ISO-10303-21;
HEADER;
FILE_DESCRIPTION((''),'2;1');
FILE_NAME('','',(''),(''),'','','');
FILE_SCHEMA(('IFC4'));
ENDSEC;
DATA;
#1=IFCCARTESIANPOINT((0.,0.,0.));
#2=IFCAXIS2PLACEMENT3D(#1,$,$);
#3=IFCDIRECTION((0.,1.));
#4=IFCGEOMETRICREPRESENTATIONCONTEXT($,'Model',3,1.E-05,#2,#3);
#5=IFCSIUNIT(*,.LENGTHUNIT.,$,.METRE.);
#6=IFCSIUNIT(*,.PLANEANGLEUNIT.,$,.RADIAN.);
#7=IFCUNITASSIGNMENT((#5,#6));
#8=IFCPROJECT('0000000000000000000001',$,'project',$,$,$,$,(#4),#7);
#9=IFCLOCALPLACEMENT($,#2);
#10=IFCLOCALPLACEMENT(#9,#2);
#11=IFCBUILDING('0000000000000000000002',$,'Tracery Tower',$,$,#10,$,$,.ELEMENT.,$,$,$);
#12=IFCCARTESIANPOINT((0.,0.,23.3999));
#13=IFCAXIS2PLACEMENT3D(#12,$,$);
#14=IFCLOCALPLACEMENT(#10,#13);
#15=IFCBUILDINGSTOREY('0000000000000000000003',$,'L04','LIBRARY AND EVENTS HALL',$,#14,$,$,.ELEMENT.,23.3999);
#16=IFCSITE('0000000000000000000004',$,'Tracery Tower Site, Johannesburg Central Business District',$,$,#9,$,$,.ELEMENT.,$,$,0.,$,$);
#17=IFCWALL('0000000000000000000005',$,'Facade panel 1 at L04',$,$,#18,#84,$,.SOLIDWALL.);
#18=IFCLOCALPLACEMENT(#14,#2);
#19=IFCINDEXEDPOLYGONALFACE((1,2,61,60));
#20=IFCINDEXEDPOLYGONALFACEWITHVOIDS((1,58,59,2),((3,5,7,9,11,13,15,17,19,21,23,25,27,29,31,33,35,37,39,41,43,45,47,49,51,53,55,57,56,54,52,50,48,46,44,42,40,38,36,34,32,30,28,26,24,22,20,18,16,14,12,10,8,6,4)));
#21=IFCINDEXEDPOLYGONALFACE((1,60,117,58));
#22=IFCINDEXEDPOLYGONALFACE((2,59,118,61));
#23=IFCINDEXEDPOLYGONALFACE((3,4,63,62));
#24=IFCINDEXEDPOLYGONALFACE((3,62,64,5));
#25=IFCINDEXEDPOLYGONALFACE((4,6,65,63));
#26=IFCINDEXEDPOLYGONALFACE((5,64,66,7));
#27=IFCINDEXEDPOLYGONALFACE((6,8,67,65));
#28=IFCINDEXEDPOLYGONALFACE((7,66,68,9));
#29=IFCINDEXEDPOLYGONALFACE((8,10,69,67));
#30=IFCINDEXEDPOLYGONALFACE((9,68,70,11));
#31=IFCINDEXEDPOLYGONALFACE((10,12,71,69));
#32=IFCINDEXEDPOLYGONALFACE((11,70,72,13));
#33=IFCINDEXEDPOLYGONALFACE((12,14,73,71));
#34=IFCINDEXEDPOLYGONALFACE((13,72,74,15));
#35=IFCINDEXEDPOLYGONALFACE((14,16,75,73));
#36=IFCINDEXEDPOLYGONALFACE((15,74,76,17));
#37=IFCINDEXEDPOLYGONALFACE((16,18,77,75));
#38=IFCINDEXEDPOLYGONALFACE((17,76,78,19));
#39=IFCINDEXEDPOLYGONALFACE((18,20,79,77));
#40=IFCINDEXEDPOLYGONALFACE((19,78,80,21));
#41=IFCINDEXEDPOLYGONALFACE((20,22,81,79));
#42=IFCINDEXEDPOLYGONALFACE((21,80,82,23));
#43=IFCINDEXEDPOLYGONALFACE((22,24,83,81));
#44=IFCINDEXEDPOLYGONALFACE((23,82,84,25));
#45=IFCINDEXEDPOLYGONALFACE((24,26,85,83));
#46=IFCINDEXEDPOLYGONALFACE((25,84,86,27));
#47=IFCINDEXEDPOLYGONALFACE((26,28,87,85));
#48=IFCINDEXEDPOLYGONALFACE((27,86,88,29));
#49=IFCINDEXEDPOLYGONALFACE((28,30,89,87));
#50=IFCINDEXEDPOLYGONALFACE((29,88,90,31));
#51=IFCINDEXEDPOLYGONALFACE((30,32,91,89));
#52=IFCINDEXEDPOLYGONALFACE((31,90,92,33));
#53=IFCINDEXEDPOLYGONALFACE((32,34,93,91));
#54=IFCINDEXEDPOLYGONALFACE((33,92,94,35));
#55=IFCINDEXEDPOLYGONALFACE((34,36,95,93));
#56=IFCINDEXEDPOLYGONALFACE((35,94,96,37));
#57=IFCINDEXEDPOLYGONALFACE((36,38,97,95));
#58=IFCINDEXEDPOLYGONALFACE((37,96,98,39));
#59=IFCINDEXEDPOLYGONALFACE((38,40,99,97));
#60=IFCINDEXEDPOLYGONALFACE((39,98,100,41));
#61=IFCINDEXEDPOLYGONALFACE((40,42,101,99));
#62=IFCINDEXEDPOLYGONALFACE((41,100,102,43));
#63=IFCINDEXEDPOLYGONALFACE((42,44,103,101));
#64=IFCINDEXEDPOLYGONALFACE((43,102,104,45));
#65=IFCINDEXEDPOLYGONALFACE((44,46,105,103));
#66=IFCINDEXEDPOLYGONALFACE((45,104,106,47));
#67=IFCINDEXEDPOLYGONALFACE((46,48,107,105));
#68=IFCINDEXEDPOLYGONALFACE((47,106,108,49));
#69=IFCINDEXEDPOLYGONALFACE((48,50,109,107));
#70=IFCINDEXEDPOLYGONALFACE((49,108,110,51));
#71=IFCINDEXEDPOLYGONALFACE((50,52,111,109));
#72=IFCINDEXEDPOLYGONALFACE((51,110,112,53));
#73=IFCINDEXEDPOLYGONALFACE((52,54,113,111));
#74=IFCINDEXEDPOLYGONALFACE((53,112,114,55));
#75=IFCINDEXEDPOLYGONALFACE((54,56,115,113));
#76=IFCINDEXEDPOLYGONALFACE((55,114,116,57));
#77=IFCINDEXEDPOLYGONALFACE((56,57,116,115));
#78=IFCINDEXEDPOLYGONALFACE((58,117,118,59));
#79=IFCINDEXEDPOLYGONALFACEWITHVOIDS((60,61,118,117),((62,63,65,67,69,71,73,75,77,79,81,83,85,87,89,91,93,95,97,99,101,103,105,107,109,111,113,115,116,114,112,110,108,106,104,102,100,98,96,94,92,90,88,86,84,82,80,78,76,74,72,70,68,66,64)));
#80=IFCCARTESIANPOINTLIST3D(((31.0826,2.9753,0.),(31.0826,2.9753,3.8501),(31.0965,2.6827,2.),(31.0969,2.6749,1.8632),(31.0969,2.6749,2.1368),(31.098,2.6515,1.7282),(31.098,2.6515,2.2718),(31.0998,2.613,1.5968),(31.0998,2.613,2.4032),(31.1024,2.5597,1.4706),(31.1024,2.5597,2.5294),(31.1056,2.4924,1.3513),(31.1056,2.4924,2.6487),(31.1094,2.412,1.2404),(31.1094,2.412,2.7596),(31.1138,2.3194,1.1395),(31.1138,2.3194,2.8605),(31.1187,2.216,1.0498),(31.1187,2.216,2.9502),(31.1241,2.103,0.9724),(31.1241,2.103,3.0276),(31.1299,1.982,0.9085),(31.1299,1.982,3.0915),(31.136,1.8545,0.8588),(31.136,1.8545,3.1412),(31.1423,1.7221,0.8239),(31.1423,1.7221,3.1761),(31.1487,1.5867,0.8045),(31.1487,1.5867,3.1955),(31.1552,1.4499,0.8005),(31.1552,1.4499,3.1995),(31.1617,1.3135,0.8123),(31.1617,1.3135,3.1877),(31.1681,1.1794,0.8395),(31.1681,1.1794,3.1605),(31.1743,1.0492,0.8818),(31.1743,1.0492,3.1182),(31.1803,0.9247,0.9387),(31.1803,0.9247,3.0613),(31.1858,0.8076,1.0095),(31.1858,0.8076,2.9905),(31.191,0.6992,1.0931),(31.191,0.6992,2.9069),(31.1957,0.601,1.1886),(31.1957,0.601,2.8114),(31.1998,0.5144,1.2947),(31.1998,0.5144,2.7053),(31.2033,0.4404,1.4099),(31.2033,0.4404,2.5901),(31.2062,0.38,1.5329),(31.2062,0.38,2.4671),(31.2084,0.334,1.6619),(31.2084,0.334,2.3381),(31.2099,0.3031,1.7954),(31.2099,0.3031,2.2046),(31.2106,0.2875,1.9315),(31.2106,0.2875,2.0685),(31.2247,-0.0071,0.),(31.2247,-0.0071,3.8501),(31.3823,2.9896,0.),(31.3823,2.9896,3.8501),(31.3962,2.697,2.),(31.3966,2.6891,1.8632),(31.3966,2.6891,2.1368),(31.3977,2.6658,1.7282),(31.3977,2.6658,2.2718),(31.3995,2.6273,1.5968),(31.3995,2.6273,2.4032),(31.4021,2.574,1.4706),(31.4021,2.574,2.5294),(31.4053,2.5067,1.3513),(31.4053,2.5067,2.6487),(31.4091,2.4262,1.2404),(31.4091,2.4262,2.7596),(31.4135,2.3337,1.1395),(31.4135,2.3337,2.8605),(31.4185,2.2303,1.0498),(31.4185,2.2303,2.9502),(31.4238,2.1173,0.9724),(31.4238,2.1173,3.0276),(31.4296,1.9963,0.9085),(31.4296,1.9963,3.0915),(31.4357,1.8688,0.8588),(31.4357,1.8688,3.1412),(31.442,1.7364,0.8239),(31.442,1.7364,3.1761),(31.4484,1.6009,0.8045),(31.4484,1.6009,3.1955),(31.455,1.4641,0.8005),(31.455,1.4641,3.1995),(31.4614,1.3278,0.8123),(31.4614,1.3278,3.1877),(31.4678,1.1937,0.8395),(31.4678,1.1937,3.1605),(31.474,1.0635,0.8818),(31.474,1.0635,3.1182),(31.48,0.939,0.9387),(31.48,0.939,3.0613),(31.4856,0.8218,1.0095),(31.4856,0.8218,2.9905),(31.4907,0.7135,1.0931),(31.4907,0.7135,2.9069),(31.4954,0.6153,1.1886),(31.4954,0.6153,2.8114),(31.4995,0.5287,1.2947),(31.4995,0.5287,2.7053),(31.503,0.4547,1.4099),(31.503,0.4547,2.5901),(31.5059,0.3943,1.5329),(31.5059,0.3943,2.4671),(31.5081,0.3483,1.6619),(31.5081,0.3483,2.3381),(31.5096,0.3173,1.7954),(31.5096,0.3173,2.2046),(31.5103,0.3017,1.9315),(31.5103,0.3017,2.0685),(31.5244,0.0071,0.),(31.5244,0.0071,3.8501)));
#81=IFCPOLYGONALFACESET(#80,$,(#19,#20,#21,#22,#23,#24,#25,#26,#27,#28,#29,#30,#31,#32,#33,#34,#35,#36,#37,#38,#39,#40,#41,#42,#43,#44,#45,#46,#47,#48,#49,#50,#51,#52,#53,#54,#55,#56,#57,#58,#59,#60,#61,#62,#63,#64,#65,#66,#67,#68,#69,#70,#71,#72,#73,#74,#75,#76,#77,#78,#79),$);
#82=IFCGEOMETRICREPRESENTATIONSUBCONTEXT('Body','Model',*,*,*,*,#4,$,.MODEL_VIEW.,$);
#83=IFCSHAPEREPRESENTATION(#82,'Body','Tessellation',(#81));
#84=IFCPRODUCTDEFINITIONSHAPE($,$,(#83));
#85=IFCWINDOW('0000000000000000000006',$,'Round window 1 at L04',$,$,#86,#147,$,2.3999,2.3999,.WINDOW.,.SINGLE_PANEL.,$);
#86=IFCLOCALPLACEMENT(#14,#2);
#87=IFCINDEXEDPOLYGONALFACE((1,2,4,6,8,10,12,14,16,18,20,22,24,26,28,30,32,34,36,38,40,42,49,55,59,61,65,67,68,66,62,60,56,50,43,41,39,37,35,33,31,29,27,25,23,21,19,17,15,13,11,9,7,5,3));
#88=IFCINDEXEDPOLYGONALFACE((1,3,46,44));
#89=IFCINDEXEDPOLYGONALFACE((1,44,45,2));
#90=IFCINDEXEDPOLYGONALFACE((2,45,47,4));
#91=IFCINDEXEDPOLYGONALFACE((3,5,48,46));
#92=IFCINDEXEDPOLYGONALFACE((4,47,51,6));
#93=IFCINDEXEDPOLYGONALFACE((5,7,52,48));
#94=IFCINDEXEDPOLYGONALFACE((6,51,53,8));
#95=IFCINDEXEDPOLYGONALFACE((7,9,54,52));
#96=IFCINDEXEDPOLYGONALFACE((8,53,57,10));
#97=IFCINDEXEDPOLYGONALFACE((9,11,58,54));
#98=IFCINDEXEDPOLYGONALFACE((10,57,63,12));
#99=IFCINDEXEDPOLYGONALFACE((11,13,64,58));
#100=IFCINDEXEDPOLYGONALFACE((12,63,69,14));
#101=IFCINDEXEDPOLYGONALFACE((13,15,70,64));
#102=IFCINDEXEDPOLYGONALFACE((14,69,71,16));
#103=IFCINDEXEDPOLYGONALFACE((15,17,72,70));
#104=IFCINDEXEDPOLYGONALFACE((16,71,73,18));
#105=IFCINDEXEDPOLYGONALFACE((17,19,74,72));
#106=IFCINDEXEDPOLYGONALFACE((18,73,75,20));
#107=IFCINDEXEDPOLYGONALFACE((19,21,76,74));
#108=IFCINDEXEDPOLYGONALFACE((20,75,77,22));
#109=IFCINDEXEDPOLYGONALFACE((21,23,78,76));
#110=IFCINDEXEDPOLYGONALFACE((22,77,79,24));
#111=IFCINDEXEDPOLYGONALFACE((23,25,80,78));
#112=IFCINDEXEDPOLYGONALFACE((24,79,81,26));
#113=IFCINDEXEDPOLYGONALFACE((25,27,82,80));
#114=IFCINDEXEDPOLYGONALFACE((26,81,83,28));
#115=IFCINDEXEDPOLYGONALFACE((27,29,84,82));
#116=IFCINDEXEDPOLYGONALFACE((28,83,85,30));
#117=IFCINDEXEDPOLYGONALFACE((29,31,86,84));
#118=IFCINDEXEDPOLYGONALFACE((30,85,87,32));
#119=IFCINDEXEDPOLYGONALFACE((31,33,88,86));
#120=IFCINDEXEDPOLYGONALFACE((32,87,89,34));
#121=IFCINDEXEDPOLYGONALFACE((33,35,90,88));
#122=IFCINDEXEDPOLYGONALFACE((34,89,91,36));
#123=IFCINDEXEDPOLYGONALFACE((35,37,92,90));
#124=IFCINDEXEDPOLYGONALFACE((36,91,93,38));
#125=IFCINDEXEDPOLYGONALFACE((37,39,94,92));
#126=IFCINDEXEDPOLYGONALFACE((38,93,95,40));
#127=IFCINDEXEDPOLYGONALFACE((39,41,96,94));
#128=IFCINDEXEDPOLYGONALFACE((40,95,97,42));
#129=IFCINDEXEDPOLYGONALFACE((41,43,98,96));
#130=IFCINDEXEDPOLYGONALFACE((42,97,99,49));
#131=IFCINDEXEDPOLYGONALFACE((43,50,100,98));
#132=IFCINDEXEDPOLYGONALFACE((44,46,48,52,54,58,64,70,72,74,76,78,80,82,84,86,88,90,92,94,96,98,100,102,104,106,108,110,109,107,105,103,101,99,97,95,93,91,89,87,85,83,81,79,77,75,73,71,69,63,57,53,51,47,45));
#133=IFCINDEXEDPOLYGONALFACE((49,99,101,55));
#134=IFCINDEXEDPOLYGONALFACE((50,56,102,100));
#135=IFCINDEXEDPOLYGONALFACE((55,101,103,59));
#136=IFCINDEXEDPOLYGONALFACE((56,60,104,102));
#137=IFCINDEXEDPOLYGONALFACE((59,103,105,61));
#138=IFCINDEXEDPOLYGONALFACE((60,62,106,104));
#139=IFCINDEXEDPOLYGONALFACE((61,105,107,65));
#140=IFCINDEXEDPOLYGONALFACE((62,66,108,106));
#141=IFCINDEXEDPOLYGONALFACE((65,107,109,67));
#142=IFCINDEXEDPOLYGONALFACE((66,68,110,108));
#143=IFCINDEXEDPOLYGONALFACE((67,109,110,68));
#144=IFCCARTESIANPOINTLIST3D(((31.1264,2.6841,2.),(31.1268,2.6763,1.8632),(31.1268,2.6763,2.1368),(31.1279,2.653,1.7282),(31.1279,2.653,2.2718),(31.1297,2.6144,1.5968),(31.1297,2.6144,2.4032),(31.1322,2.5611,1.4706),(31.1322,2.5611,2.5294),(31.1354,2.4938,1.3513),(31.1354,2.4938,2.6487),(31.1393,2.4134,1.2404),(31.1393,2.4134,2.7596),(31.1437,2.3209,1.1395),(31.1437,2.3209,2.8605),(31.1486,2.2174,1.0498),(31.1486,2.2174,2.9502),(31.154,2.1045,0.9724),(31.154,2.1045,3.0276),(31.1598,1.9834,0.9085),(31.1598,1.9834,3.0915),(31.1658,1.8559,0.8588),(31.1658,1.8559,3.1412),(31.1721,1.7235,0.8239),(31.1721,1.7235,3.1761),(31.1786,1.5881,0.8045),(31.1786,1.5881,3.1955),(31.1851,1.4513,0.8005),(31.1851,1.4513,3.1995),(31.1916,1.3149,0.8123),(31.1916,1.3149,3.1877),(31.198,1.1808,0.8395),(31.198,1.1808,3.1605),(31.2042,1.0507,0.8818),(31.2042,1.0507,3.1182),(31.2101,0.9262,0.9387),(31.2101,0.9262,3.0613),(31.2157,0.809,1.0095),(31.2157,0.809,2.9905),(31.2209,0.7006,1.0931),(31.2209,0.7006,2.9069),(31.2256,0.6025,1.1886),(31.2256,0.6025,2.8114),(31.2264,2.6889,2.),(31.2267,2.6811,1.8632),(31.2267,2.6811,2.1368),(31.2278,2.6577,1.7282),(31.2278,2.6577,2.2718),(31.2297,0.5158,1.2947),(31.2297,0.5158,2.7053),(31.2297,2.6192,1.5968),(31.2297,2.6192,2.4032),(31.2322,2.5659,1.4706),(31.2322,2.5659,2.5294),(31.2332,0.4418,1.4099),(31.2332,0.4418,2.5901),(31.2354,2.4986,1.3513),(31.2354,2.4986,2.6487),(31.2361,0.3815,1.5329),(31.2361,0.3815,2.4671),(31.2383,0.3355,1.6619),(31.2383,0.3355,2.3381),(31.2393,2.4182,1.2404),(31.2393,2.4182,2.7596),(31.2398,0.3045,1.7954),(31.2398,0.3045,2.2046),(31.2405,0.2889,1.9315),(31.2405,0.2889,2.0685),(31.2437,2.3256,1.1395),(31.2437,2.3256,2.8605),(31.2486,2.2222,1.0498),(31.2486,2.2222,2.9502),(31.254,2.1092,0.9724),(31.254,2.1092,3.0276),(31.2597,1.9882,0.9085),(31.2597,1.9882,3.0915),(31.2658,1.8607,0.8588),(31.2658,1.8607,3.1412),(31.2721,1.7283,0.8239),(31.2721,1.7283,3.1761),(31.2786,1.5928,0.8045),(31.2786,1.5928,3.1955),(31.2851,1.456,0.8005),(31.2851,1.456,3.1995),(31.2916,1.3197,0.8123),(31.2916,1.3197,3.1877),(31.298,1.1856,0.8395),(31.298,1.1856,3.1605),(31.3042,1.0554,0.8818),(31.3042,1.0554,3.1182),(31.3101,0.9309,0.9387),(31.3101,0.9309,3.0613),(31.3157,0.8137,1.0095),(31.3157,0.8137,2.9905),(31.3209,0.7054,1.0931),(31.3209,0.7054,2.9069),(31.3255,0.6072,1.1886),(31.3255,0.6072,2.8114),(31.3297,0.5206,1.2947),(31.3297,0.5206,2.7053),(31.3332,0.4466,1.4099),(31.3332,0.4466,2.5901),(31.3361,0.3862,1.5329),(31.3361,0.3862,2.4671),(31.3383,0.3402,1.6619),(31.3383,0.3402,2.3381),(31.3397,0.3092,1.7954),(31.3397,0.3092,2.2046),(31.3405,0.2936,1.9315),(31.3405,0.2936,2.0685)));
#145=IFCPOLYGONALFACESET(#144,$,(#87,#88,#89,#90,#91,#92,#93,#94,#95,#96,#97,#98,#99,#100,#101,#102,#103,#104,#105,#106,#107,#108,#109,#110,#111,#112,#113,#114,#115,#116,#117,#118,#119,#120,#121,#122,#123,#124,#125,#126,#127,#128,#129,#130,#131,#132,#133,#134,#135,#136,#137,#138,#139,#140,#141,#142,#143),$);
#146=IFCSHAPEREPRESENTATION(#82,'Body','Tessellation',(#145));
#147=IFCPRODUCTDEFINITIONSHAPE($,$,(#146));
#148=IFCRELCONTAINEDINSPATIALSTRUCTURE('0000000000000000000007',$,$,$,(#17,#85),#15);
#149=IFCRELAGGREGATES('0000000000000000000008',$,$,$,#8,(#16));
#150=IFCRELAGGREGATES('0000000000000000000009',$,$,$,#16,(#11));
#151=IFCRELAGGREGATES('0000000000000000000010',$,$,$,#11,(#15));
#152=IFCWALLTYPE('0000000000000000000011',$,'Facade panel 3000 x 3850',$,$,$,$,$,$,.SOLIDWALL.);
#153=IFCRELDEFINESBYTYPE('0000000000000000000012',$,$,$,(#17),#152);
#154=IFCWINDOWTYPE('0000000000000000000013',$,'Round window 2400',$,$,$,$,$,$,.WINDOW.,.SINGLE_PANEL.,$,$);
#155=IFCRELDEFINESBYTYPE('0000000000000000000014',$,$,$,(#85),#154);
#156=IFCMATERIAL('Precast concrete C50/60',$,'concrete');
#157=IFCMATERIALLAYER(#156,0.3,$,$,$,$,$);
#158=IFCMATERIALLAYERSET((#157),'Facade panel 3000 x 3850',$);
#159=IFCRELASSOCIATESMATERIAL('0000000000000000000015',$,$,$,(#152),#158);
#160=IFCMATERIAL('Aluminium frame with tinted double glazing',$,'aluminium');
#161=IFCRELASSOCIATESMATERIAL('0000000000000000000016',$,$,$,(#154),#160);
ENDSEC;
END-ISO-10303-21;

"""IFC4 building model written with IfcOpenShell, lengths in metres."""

from ifc_helpers import new_model, si_unit, direction, frame, frame_2d, origin, origin_2d, place, context, subcontext, project, spatial, rectangle, circle, extrude, material, layer, layer_set, type_object, element, fill, save


model = new_model("IFC4")

# Units and contexts
model_context = context("Model", 3, precision=1e-05, world=origin(), true_north=direction((0.0, 1.0)))
body_context = subcontext(model_context, "Body", "Model", "MODEL_VIEW")
ifc_project = project(units=[si_unit("LENGTHUNIT", "METRE"), si_unit("PLANEANGLEUNIT", "RADIAN")], contexts=[model_context])

# Site, building, storey
site_placement = place(None, origin())
site = spatial("IfcSite", under=ifc_project, at=site_placement, Name="Tracery Tower Site, Johannesburg Central Business District", CompositionType="ELEMENT", RefElevation=0.0)
building_placement = place(site_placement, origin())
building = spatial("IfcBuilding", under=site, at=building_placement, Name="Tracery Tower", CompositionType="ELEMENT")
storey_placement = place(building_placement, frame((0.0, 0.0, 23.3999)))
storey = spatial("IfcBuildingStorey", under=building, at=storey_placement, Name="L04", Description="LIBRARY AND EVENTS HALL", CompositionType="ELEMENT", Elevation=23.3999)

# Wall, opening, window
ifc_material_1 = material(Name="Precast concrete C50/60", Category="concrete")
ifc_layer_1 = layer(ifc_material_1, 0.3)
ifc_layer_set_1 = layer_set([ifc_layer_1], Name="Facade panel 3000 x 3850")
wall_type_1 = type_object("IfcWallType", Name="Facade panel 3000 x 3850", PredefinedType="SOLIDWALL", material=ifc_layer_set_1)
wall_1_placement = place(storey_placement, frame((31.3745, 0.0, 0.0), z_axis=(0.0, 0.0, 1.0), x_axis=(-0.047588, 0.998867, 0.0)))
wall_1 = element("IfcWall", 1, at=wall_1_placement, inside=storey, type_object=wall_type_1, Name="Facade panel 1 at L04", PredefinedType="SOLIDWALL", context=body_context, shape_type="SweptSolid", body=[
    extrude(rectangle(XDim=2.9858, YDim=0.3, at=frame_2d((1.4929, 0.0))), origin(), (0.0, 0.0, 1.0), 3.8501),
])
opening_1_placement = place(wall_1_placement, frame((1.4929, 0.0, 2.0)))
opening_1 = element("IfcOpeningElement", 2, at=opening_1_placement, cuts=wall_1, PredefinedType="OPENING", context=body_context, shape_type="SweptSolid", body=[
    extrude(circle(Radius=1.2, at=origin_2d()), frame((0.0, 0.1599, 0.0), z_axis=(0.0, -1.0, 0.0), x_axis=(1.0, 0.0, 0.0)), (0.0, 0.0, 1.0), 0.3201),
])
ifc_material_2 = material(Name="Aluminium frame with tinted double glazing", Category="aluminium")
window_type = type_object("IfcWindowType", Name="Round window 2400", PartitioningType="SINGLE_PANEL", PredefinedType="WINDOW", material=ifc_material_2)
window_1_placement = place(opening_1_placement, origin())
window_1 = element("IfcWindow", 3, at=window_1_placement, inside=storey, type_object=window_type, Name="Round window 1 at L04", OverallHeight=2.3999, OverallWidth=2.3999, PartitioningType="SINGLE_PANEL", PredefinedType="WINDOW", context=body_context, shape_type="SweptSolid", body=[
    extrude(circle(Radius=1.2, at=origin_2d()), frame((0.0, 0.1201, 0.0), z_axis=(0.0, -1.0, 0.0), x_axis=(1.0, 0.0, 0.0)), (0.0, 0.0, 1.0), 0.1001),
])
fill(opening_1, window_1)

save(model, "model.ifc")
